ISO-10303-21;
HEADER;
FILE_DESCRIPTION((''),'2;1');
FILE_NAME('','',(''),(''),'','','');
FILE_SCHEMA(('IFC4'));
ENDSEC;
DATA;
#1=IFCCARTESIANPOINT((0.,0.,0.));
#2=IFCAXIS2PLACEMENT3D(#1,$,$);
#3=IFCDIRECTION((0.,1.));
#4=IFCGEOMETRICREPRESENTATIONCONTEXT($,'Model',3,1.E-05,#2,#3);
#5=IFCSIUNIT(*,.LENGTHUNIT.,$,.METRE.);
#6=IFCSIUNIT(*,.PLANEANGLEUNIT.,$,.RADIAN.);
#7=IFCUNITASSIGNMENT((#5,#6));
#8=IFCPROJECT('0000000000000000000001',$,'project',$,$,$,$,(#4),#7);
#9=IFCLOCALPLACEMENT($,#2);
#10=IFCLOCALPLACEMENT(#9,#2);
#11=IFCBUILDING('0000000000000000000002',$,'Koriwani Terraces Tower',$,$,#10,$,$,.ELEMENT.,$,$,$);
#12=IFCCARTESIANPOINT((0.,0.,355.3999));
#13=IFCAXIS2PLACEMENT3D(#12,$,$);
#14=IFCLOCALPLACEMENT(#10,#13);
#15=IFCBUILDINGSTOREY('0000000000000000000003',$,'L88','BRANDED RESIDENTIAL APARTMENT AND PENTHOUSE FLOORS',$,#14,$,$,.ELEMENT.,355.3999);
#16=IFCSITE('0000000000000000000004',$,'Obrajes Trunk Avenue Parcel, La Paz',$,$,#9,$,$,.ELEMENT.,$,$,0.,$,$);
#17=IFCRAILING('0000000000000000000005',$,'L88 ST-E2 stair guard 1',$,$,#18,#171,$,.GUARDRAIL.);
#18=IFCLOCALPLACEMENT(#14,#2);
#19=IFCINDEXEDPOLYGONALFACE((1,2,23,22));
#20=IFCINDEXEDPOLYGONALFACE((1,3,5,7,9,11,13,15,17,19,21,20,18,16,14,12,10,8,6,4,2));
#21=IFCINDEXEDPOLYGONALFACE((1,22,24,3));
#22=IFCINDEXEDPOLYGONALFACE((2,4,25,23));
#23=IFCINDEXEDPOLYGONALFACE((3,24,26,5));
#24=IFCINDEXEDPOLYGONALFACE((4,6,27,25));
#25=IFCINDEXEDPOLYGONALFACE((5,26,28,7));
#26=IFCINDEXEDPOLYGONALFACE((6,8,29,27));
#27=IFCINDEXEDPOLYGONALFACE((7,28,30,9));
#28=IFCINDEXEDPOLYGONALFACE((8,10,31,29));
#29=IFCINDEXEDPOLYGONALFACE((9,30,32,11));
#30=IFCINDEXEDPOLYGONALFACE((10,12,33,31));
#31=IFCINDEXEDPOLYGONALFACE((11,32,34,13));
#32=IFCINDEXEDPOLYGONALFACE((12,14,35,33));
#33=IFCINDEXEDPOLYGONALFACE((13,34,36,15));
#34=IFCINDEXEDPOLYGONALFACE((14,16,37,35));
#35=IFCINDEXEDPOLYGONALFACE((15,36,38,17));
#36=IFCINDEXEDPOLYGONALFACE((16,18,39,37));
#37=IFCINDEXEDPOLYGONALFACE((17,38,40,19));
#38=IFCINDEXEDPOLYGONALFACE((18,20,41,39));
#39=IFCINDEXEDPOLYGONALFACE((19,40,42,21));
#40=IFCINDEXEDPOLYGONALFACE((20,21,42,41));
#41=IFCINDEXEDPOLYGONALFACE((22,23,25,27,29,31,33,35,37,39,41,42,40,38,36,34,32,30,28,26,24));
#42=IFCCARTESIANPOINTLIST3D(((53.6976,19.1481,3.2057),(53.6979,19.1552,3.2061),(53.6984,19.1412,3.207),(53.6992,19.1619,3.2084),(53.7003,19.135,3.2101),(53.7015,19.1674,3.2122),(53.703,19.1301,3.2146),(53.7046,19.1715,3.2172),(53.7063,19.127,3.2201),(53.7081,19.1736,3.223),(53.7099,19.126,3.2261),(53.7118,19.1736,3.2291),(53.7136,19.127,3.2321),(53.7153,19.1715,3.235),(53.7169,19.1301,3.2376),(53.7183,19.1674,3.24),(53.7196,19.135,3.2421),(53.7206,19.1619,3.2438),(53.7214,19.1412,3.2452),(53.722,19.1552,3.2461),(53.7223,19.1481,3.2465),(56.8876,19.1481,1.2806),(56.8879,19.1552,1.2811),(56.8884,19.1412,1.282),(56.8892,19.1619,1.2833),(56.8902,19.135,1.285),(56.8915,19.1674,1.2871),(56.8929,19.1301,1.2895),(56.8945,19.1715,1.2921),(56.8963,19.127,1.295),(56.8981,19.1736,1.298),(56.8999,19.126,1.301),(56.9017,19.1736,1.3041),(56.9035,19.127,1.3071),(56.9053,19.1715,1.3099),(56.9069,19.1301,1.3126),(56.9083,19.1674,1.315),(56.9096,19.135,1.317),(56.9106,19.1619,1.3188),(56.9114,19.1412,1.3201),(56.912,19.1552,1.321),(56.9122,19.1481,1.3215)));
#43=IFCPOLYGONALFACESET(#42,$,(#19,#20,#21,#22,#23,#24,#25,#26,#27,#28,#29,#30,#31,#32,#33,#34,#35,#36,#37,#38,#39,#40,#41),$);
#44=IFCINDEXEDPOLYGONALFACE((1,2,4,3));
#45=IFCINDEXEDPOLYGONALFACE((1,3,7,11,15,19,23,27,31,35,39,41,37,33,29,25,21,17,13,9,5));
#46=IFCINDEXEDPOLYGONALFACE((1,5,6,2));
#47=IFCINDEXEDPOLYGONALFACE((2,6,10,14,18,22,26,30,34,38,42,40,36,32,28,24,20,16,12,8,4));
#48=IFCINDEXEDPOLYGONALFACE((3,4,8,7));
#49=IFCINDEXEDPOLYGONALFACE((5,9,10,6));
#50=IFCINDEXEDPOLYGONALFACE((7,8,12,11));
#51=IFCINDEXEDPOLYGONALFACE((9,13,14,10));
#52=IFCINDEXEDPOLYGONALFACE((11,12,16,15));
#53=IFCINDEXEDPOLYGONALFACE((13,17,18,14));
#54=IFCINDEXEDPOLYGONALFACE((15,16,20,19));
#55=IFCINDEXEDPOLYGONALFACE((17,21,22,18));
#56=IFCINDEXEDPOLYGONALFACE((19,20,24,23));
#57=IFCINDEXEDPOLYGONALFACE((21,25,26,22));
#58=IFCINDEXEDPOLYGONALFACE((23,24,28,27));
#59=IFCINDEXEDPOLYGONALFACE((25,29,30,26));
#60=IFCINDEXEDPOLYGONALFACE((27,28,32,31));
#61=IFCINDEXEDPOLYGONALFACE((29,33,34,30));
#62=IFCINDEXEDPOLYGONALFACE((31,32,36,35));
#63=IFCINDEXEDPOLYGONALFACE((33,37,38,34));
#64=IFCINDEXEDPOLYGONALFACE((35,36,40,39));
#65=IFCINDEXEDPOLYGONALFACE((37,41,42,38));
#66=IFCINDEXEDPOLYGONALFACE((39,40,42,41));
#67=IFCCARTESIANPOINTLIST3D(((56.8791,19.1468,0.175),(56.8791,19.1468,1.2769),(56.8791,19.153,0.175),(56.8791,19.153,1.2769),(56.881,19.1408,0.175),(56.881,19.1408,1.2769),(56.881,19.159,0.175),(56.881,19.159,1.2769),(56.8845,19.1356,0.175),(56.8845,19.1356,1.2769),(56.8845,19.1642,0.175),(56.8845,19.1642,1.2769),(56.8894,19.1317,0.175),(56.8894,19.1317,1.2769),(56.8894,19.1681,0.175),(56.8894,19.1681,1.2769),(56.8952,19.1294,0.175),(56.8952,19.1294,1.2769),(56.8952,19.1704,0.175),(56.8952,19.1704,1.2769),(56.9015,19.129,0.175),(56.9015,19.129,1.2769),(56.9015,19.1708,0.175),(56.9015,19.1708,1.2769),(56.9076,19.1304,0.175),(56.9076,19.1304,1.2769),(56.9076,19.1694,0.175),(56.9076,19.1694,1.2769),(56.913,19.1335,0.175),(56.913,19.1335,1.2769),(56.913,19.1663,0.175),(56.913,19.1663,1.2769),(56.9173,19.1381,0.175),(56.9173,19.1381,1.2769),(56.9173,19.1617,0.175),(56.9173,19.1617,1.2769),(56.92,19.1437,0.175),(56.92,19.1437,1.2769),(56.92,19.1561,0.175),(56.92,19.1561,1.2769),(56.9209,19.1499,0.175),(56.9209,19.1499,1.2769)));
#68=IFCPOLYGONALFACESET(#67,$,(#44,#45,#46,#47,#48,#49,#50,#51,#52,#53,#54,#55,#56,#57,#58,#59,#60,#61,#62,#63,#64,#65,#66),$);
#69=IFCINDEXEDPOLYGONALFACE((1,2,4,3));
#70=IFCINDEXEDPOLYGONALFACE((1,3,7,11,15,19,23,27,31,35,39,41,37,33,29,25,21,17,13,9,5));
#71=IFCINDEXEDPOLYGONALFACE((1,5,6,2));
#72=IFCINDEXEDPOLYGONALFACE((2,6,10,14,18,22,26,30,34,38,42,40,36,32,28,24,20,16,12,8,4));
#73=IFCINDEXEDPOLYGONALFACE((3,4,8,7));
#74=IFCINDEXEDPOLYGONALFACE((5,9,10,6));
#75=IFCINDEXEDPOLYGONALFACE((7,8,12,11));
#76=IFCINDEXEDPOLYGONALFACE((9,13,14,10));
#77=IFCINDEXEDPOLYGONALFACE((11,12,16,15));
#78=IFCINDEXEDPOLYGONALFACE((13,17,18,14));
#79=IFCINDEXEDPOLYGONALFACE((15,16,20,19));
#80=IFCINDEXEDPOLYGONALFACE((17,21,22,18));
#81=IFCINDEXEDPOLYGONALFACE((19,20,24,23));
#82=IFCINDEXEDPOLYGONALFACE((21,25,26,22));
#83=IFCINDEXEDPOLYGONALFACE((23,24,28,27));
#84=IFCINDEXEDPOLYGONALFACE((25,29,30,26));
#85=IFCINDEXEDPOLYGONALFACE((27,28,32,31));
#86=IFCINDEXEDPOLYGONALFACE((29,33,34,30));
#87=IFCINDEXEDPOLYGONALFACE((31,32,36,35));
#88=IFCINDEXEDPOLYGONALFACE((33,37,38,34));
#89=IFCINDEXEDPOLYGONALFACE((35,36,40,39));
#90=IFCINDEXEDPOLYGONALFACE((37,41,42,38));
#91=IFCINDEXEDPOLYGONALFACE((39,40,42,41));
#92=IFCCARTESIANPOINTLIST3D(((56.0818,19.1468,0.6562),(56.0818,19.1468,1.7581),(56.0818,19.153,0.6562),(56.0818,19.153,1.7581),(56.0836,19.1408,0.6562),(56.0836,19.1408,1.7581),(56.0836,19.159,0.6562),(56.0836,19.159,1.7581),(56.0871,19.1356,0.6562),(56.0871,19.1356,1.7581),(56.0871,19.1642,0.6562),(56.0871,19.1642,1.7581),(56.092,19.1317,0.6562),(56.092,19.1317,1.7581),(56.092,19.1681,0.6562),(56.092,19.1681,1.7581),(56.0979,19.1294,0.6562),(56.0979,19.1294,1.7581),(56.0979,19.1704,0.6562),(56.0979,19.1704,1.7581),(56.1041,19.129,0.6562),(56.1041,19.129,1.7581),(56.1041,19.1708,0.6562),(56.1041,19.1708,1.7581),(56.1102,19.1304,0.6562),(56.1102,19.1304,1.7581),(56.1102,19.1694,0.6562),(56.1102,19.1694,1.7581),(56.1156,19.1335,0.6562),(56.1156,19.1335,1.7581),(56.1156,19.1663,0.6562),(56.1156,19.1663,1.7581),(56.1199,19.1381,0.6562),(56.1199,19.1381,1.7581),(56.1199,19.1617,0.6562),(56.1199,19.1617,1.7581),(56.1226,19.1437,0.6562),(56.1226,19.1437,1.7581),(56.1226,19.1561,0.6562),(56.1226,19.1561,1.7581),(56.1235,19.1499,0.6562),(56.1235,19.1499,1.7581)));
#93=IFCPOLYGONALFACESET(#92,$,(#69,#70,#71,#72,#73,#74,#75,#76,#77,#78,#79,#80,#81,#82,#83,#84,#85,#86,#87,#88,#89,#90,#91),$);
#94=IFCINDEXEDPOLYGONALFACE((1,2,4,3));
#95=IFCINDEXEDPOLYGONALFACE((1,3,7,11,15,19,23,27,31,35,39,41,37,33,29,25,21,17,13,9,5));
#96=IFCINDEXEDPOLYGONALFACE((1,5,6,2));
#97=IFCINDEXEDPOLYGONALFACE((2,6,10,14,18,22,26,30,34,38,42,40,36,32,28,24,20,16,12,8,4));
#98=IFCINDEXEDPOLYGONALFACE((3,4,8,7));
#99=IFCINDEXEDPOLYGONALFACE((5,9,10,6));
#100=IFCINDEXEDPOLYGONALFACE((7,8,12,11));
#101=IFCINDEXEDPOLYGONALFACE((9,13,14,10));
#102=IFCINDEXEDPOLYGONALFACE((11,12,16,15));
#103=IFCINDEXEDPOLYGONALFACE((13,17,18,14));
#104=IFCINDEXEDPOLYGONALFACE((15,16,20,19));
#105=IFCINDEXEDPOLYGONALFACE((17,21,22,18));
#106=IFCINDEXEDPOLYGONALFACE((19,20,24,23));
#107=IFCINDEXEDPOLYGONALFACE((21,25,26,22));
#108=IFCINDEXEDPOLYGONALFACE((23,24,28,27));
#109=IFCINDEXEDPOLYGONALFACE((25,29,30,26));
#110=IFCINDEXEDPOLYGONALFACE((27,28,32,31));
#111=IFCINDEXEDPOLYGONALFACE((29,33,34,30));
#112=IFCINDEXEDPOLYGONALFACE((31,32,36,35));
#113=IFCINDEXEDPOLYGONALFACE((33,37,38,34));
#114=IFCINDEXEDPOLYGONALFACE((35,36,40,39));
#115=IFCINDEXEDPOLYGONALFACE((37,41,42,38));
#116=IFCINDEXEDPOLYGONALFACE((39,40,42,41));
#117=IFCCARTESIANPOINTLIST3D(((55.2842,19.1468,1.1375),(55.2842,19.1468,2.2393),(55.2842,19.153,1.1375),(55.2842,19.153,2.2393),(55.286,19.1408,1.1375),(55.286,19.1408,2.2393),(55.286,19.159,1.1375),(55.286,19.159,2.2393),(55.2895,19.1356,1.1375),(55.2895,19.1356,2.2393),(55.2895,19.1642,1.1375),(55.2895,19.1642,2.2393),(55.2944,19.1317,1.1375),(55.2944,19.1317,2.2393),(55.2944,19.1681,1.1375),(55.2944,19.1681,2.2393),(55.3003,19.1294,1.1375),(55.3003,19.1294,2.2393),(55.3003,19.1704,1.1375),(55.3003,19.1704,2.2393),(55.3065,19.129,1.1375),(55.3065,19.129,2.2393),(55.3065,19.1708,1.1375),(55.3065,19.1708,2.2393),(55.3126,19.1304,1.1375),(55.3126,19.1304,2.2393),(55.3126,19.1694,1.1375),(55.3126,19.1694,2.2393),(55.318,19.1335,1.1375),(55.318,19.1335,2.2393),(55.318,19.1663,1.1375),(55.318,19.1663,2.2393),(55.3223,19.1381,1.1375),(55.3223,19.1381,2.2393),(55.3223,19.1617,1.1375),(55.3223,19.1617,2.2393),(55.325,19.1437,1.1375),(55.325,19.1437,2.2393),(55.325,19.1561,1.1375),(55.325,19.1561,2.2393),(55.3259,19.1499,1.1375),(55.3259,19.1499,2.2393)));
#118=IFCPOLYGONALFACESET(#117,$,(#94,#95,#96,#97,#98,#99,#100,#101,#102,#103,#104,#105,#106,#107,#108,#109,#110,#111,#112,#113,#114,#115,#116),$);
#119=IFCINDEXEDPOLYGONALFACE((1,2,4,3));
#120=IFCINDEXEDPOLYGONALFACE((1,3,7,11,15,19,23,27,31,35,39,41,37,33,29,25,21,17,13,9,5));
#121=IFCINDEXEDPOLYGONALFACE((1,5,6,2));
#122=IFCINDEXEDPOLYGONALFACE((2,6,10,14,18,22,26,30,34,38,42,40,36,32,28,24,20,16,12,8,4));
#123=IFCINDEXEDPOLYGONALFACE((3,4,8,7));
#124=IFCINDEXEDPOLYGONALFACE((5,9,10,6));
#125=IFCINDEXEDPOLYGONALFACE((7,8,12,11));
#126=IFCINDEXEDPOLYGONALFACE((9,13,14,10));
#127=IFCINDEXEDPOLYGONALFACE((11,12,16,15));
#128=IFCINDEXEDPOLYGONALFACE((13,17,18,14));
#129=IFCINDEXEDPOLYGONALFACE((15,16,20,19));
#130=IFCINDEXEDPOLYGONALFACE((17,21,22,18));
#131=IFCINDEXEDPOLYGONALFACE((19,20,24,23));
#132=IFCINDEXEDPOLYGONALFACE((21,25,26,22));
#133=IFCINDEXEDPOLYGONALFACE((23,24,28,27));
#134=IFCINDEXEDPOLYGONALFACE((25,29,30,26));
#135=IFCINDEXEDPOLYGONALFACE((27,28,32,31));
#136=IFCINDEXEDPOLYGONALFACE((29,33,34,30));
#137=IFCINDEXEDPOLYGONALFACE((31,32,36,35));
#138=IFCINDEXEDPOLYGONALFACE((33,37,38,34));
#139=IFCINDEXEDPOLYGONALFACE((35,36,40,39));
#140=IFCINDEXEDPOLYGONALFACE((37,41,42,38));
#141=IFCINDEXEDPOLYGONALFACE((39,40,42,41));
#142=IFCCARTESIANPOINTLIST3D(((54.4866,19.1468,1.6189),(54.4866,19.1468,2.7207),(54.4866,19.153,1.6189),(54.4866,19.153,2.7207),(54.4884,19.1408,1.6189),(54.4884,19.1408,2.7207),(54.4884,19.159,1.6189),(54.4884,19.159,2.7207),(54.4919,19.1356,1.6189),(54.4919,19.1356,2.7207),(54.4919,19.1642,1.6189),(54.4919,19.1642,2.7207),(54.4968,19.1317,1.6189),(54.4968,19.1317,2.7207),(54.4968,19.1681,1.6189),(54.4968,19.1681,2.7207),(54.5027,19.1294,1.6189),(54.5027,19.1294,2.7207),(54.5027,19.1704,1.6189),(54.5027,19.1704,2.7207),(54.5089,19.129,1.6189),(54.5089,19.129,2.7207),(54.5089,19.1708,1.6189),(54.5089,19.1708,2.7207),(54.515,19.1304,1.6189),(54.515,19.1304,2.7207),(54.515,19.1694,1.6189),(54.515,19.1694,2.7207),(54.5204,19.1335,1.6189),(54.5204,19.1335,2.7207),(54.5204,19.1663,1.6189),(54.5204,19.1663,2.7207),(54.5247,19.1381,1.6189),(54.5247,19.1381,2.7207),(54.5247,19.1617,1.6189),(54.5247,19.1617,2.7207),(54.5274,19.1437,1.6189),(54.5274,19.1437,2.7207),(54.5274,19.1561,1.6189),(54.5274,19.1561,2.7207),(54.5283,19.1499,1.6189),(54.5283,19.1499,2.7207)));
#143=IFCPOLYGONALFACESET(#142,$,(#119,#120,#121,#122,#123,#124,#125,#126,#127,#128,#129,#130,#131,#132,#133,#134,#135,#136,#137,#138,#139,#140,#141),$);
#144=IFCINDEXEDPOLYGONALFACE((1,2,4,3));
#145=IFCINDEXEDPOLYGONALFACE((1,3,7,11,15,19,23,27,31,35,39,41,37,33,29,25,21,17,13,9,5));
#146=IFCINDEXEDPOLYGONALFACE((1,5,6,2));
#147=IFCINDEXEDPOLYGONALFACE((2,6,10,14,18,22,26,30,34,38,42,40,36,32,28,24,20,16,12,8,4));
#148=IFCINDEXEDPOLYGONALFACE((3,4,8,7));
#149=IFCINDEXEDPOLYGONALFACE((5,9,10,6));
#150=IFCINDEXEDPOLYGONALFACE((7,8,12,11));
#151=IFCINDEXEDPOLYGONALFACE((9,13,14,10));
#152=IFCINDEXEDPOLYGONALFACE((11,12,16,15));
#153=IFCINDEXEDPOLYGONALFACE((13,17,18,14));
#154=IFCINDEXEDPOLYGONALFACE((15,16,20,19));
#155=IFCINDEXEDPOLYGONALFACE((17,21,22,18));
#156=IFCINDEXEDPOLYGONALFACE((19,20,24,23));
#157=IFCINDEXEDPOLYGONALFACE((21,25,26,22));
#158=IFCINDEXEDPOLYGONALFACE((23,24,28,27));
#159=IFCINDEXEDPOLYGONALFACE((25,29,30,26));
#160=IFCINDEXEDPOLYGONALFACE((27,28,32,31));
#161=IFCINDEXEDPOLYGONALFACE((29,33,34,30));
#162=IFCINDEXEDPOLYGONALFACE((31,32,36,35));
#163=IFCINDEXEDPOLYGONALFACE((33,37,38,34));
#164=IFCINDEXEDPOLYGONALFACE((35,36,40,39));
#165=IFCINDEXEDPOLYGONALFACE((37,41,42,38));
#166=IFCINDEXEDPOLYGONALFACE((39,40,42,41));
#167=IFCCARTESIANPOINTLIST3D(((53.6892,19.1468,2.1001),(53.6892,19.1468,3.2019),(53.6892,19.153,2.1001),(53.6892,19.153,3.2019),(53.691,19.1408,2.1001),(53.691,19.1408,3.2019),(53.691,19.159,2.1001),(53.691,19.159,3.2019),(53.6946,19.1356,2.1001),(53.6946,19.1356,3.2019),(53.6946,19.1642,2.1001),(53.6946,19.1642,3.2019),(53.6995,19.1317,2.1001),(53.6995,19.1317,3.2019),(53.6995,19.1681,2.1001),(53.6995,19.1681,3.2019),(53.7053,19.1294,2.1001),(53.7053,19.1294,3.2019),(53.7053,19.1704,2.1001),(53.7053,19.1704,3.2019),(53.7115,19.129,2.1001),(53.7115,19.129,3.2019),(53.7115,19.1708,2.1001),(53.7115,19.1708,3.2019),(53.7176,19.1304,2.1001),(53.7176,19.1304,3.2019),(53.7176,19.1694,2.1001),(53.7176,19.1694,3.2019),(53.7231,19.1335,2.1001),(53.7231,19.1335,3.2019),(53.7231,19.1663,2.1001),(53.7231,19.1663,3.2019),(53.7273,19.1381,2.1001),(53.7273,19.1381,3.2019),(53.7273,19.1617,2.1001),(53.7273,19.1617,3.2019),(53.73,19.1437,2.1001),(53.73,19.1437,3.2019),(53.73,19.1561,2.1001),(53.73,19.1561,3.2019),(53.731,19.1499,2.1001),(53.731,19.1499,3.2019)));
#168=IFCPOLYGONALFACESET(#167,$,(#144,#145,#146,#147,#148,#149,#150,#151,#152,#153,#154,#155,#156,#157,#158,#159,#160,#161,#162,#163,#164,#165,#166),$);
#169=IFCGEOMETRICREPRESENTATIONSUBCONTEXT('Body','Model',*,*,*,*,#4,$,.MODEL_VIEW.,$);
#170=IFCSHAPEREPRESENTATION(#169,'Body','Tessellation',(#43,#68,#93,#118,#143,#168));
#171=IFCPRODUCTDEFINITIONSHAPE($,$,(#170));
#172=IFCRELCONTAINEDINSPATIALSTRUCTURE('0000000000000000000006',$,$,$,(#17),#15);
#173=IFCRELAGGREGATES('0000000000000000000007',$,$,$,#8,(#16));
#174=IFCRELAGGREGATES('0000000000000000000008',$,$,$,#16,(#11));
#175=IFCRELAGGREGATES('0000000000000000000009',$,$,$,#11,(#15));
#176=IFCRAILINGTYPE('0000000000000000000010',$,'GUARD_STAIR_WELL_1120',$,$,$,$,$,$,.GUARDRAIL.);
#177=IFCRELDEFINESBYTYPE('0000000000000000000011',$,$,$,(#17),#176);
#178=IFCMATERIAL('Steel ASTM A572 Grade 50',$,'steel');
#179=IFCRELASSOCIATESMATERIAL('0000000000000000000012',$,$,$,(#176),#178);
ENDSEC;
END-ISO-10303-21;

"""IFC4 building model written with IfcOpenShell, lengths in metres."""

from ifc_helpers import new_model, si_unit, direction, frame, origin, origin_2d, place, context, subcontext, project, spatial, circle, extrude, material, type_object, element, save


model = new_model("IFC4")

# Units and contexts
model_context = context("Model", 3, precision=1e-05, world=origin(), true_north=direction((0.0, 1.0)))
body_context = subcontext(model_context, "Body", "Model", "MODEL_VIEW")
ifc_project = project(units=[si_unit("LENGTHUNIT", "METRE"), si_unit("PLANEANGLEUNIT", "RADIAN")], contexts=[model_context])

# Site, building, storey
site_placement = place(None, origin())
site = spatial("IfcSite", under=ifc_project, at=site_placement, Name="Obrajes Trunk Avenue Parcel, La Paz", CompositionType="ELEMENT", RefElevation=0.0)
building_placement = place(site_placement, origin())
building = spatial("IfcBuilding", under=site, at=building_placement, Name="Koriwani Terraces Tower", CompositionType="ELEMENT")
storey_placement = place(building_placement, frame((0.0, 0.0, 355.3999)))
storey = spatial("IfcBuildingStorey", under=building, at=storey_placement, Name="L88", Description="BRANDED RESIDENTIAL APARTMENT AND PENTHOUSE FLOORS", CompositionType="ELEMENT", Elevation=355.3999)

# Shared definitions
ifc_material_1 = material(Name="Steel ASTM A572 Grade 50", Category="steel")

# Railing
railing_type_1 = type_object("IfcRailingType", Name="GUARD_STAIR_WELL_1120", PredefinedType="GUARDRAIL", material=ifc_material_1)
for number, where, name in (
    (1, (56.8999, 19.1499, 0.175), "L88 ST-E2 stair guard 1"),
):
    element("IfcRailing", number, at=place(storey_placement, frame(where)), inside=storey, type_object=railing_type_1, Name=name, PredefinedType="GUARDRAIL", context=body_context, shape_type="SweptSolid", body=[
        extrude(circle(Radius=0.0239, at=origin_2d()), frame((0.0, 0.0, 1.126), z_axis=(-0.856178, 0.0, 0.516682), x_axis=(0.0, -1.0, 0.0)), (0.0, 0.0, 1.0), 3.7258),
        extrude(circle(Radius=0.021, at=origin_2d()), origin(), (0.0, 0.0, 1.0), 1.1018),
        extrude(circle(Radius=0.021, at=origin_2d()), frame((-0.7974, 0.0, 0.4812)), (0.0, 0.0, 1.0), 1.1018),
        extrude(circle(Radius=0.021, at=origin_2d()), frame((-1.595, 0.0, 0.9624)), (0.0, 0.0, 1.0), 1.1018),
        extrude(circle(Radius=0.021, at=origin_2d()), frame((-2.3926, 0.0, 1.4438)), (0.0, 0.0, 1.0), 1.1018),
        extrude(circle(Radius=0.021, at=origin_2d()), frame((-3.1899, 0.0, 1.925)), (0.0, 0.0, 1.0), 1.1018),
    ])

save(model, "model.ifc")
